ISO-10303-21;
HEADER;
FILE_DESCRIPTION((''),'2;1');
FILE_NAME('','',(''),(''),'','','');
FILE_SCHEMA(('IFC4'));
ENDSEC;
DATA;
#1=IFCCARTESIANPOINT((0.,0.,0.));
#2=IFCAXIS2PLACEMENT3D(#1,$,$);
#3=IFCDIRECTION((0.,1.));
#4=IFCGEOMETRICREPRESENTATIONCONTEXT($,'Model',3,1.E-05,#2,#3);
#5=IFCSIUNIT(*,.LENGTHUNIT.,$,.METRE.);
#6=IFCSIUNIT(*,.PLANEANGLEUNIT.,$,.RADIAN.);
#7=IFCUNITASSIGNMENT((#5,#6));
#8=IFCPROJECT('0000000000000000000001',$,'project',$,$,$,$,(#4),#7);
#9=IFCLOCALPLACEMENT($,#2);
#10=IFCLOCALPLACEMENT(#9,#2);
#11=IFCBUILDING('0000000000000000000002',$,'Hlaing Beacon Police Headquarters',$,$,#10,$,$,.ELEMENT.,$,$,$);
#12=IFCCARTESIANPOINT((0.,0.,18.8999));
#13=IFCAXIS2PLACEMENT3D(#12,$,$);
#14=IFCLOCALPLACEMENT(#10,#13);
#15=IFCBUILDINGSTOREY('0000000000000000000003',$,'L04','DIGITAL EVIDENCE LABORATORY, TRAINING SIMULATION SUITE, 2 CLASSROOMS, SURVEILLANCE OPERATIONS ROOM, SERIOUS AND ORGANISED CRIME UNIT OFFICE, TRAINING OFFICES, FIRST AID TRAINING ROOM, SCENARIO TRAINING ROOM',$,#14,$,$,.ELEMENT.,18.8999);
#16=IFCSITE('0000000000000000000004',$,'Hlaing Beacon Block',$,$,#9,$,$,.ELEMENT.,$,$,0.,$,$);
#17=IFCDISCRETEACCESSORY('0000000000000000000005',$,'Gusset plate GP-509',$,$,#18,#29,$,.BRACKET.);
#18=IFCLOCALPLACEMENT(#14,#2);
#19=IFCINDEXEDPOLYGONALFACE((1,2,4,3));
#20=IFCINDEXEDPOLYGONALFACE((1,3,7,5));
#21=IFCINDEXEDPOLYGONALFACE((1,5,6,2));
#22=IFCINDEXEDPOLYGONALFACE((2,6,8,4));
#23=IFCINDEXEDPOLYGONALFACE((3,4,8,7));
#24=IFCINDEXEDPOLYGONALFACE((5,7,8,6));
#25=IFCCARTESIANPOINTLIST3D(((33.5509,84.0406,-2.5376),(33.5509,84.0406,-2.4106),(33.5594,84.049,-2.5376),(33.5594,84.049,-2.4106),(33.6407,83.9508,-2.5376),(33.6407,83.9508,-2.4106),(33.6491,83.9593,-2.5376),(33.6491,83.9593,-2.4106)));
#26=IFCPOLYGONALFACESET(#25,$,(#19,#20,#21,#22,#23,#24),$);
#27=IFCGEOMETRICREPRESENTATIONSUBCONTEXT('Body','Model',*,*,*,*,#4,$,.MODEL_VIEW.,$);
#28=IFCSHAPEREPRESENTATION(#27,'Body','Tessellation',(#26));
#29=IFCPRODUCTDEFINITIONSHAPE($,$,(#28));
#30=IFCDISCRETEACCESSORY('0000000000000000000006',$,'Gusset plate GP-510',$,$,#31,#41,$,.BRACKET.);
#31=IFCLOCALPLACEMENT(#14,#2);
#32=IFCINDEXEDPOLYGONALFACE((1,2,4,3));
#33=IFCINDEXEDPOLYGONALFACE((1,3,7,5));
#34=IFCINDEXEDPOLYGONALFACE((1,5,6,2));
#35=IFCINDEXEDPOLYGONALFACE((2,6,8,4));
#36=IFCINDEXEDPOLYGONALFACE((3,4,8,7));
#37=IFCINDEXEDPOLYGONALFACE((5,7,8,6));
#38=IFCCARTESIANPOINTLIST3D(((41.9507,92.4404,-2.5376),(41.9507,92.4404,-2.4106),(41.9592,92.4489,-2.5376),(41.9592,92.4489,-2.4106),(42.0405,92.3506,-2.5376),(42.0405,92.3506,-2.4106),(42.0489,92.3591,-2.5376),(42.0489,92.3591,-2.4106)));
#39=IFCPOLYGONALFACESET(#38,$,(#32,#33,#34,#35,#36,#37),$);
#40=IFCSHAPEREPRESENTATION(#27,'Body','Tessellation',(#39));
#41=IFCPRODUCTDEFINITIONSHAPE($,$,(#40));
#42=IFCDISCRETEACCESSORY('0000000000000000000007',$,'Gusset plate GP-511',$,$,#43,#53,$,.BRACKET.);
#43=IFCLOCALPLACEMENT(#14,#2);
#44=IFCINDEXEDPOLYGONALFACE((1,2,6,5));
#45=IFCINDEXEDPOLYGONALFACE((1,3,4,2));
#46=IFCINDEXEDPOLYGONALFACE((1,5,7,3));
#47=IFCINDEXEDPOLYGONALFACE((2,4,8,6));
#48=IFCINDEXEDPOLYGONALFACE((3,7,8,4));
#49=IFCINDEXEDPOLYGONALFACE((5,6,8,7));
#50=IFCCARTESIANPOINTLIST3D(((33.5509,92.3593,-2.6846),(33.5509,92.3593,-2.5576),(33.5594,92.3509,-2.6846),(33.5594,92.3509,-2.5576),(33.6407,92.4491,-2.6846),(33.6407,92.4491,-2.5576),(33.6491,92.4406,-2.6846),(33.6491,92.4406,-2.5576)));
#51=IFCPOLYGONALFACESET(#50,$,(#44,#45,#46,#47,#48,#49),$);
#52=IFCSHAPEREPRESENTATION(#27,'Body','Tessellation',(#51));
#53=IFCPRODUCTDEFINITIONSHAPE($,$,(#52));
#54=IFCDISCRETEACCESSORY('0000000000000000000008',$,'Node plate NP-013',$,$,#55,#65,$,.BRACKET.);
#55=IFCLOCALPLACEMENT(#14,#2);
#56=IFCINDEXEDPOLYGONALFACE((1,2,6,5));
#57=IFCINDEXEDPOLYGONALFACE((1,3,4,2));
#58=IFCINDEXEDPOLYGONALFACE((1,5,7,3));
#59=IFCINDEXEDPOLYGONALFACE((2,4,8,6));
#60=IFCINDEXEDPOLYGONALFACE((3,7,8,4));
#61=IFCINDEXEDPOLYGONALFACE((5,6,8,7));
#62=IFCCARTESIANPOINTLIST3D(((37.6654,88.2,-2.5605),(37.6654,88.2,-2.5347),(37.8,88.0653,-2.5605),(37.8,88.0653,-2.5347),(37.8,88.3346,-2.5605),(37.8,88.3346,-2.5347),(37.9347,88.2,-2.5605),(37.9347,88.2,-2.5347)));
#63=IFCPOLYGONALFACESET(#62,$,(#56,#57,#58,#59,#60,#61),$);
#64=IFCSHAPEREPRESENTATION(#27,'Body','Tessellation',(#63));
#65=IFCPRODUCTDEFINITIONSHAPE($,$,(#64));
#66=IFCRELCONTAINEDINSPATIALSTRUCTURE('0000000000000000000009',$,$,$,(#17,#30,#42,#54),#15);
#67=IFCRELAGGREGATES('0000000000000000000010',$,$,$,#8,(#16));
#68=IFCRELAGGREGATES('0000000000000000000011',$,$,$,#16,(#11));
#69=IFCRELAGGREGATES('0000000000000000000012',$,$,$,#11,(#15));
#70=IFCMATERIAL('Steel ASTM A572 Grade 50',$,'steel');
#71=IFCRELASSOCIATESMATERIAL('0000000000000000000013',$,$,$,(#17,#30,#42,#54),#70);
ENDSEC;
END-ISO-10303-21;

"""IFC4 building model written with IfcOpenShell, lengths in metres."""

from ifc_helpers import new_model, si_unit, direction, frame, origin, origin_2d, place, context, subcontext, project, spatial, rectangle, extrude, material, element, save


model = new_model("IFC4")

# Units and contexts
model_context = context("Model", 3, precision=1e-05, world=origin(), true_north=direction((0.0, 1.0)))
body_context = subcontext(model_context, "Body", "Model", "MODEL_VIEW")
ifc_project = project(units=[si_unit("LENGTHUNIT", "METRE"), si_unit("PLANEANGLEUNIT", "RADIAN")], contexts=[model_context])

# Site, building, storey
site_placement = place(None, origin())
site = spatial("IfcSite", under=ifc_project, at=site_placement, Name="Hlaing Beacon Block", CompositionType="ELEMENT", RefElevation=0.0)
building_placement = place(site_placement, origin())
building = spatial("IfcBuilding", under=site, at=building_placement, Name="Hlaing Beacon Police Headquarters", CompositionType="ELEMENT")
storey_placement = place(building_placement, frame((0.0, 0.0, 18.8999)))
storey = spatial("IfcBuildingStorey", under=building, at=storey_placement, Name="L04", Description="DIGITAL EVIDENCE LABORATORY, TRAINING SIMULATION SUITE, 2 CLASSROOMS, SURVEILLANCE OPERATIONS ROOM, SERIOUS AND ORGANISED CRIME UNIT OFFICE, TRAINING OFFICES, FIRST AID TRAINING ROOM, SCENARIO TRAINING ROOM", CompositionType="ELEMENT", Elevation=18.8999)

# Discrete accessories
ifc_material_1 = material(Name="Steel ASTM A572 Grade 50", Category="steel")
for number, where, z_axis, x_axis, name in (
    (1, (33.6042, 84.0042, -2.4741), (-0.707107, -0.707107, 0.0), (0.707107, -0.707107, 0.0), "Gusset plate GP-509"),
    (2, (41.9956, 92.3955, -2.4741), (0.707107, 0.707107, 0.0), (-0.707107, 0.707107, 0.0), "Gusset plate GP-510"),
    (3, (33.6042, 92.3958, -2.6211), (-0.707107, 0.707107, 0.0), (-0.707107, -0.707107, 0.0), "Gusset plate GP-511"),
):
    element("IfcDiscreteAccessory", number, at=place(storey_placement, frame(where, z_axis=z_axis, x_axis=x_axis)), inside=storey, material=ifc_material_1, Name=name, PredefinedType="BRACKET", context=body_context, shape_type="SweptSolid", body=[
        extrude(rectangle(XDim=0.127, YDim=0.127, at=origin_2d()), origin(), (0.0, 0.0, 1.0), 0.012),
    ])
discrete_accessory_placement = place(storey_placement, frame((37.8, 88.2, -2.5605), z_axis=(0.0, 0.0, 1.0), x_axis=(0.707107, 0.707107, 0.0)))
element("IfcDiscreteAccessory", 4, at=discrete_accessory_placement, inside=storey, material=ifc_material_1, Name="Node plate NP-013", PredefinedType="BRACKET", context=body_context, shape_type="SweptSolid", body=[
    extrude(rectangle(XDim=0.1904, YDim=0.1904, at=origin_2d()), origin(), (0.0, 0.0, 1.0), 0.0259),
])

save(model, "model.ifc")
